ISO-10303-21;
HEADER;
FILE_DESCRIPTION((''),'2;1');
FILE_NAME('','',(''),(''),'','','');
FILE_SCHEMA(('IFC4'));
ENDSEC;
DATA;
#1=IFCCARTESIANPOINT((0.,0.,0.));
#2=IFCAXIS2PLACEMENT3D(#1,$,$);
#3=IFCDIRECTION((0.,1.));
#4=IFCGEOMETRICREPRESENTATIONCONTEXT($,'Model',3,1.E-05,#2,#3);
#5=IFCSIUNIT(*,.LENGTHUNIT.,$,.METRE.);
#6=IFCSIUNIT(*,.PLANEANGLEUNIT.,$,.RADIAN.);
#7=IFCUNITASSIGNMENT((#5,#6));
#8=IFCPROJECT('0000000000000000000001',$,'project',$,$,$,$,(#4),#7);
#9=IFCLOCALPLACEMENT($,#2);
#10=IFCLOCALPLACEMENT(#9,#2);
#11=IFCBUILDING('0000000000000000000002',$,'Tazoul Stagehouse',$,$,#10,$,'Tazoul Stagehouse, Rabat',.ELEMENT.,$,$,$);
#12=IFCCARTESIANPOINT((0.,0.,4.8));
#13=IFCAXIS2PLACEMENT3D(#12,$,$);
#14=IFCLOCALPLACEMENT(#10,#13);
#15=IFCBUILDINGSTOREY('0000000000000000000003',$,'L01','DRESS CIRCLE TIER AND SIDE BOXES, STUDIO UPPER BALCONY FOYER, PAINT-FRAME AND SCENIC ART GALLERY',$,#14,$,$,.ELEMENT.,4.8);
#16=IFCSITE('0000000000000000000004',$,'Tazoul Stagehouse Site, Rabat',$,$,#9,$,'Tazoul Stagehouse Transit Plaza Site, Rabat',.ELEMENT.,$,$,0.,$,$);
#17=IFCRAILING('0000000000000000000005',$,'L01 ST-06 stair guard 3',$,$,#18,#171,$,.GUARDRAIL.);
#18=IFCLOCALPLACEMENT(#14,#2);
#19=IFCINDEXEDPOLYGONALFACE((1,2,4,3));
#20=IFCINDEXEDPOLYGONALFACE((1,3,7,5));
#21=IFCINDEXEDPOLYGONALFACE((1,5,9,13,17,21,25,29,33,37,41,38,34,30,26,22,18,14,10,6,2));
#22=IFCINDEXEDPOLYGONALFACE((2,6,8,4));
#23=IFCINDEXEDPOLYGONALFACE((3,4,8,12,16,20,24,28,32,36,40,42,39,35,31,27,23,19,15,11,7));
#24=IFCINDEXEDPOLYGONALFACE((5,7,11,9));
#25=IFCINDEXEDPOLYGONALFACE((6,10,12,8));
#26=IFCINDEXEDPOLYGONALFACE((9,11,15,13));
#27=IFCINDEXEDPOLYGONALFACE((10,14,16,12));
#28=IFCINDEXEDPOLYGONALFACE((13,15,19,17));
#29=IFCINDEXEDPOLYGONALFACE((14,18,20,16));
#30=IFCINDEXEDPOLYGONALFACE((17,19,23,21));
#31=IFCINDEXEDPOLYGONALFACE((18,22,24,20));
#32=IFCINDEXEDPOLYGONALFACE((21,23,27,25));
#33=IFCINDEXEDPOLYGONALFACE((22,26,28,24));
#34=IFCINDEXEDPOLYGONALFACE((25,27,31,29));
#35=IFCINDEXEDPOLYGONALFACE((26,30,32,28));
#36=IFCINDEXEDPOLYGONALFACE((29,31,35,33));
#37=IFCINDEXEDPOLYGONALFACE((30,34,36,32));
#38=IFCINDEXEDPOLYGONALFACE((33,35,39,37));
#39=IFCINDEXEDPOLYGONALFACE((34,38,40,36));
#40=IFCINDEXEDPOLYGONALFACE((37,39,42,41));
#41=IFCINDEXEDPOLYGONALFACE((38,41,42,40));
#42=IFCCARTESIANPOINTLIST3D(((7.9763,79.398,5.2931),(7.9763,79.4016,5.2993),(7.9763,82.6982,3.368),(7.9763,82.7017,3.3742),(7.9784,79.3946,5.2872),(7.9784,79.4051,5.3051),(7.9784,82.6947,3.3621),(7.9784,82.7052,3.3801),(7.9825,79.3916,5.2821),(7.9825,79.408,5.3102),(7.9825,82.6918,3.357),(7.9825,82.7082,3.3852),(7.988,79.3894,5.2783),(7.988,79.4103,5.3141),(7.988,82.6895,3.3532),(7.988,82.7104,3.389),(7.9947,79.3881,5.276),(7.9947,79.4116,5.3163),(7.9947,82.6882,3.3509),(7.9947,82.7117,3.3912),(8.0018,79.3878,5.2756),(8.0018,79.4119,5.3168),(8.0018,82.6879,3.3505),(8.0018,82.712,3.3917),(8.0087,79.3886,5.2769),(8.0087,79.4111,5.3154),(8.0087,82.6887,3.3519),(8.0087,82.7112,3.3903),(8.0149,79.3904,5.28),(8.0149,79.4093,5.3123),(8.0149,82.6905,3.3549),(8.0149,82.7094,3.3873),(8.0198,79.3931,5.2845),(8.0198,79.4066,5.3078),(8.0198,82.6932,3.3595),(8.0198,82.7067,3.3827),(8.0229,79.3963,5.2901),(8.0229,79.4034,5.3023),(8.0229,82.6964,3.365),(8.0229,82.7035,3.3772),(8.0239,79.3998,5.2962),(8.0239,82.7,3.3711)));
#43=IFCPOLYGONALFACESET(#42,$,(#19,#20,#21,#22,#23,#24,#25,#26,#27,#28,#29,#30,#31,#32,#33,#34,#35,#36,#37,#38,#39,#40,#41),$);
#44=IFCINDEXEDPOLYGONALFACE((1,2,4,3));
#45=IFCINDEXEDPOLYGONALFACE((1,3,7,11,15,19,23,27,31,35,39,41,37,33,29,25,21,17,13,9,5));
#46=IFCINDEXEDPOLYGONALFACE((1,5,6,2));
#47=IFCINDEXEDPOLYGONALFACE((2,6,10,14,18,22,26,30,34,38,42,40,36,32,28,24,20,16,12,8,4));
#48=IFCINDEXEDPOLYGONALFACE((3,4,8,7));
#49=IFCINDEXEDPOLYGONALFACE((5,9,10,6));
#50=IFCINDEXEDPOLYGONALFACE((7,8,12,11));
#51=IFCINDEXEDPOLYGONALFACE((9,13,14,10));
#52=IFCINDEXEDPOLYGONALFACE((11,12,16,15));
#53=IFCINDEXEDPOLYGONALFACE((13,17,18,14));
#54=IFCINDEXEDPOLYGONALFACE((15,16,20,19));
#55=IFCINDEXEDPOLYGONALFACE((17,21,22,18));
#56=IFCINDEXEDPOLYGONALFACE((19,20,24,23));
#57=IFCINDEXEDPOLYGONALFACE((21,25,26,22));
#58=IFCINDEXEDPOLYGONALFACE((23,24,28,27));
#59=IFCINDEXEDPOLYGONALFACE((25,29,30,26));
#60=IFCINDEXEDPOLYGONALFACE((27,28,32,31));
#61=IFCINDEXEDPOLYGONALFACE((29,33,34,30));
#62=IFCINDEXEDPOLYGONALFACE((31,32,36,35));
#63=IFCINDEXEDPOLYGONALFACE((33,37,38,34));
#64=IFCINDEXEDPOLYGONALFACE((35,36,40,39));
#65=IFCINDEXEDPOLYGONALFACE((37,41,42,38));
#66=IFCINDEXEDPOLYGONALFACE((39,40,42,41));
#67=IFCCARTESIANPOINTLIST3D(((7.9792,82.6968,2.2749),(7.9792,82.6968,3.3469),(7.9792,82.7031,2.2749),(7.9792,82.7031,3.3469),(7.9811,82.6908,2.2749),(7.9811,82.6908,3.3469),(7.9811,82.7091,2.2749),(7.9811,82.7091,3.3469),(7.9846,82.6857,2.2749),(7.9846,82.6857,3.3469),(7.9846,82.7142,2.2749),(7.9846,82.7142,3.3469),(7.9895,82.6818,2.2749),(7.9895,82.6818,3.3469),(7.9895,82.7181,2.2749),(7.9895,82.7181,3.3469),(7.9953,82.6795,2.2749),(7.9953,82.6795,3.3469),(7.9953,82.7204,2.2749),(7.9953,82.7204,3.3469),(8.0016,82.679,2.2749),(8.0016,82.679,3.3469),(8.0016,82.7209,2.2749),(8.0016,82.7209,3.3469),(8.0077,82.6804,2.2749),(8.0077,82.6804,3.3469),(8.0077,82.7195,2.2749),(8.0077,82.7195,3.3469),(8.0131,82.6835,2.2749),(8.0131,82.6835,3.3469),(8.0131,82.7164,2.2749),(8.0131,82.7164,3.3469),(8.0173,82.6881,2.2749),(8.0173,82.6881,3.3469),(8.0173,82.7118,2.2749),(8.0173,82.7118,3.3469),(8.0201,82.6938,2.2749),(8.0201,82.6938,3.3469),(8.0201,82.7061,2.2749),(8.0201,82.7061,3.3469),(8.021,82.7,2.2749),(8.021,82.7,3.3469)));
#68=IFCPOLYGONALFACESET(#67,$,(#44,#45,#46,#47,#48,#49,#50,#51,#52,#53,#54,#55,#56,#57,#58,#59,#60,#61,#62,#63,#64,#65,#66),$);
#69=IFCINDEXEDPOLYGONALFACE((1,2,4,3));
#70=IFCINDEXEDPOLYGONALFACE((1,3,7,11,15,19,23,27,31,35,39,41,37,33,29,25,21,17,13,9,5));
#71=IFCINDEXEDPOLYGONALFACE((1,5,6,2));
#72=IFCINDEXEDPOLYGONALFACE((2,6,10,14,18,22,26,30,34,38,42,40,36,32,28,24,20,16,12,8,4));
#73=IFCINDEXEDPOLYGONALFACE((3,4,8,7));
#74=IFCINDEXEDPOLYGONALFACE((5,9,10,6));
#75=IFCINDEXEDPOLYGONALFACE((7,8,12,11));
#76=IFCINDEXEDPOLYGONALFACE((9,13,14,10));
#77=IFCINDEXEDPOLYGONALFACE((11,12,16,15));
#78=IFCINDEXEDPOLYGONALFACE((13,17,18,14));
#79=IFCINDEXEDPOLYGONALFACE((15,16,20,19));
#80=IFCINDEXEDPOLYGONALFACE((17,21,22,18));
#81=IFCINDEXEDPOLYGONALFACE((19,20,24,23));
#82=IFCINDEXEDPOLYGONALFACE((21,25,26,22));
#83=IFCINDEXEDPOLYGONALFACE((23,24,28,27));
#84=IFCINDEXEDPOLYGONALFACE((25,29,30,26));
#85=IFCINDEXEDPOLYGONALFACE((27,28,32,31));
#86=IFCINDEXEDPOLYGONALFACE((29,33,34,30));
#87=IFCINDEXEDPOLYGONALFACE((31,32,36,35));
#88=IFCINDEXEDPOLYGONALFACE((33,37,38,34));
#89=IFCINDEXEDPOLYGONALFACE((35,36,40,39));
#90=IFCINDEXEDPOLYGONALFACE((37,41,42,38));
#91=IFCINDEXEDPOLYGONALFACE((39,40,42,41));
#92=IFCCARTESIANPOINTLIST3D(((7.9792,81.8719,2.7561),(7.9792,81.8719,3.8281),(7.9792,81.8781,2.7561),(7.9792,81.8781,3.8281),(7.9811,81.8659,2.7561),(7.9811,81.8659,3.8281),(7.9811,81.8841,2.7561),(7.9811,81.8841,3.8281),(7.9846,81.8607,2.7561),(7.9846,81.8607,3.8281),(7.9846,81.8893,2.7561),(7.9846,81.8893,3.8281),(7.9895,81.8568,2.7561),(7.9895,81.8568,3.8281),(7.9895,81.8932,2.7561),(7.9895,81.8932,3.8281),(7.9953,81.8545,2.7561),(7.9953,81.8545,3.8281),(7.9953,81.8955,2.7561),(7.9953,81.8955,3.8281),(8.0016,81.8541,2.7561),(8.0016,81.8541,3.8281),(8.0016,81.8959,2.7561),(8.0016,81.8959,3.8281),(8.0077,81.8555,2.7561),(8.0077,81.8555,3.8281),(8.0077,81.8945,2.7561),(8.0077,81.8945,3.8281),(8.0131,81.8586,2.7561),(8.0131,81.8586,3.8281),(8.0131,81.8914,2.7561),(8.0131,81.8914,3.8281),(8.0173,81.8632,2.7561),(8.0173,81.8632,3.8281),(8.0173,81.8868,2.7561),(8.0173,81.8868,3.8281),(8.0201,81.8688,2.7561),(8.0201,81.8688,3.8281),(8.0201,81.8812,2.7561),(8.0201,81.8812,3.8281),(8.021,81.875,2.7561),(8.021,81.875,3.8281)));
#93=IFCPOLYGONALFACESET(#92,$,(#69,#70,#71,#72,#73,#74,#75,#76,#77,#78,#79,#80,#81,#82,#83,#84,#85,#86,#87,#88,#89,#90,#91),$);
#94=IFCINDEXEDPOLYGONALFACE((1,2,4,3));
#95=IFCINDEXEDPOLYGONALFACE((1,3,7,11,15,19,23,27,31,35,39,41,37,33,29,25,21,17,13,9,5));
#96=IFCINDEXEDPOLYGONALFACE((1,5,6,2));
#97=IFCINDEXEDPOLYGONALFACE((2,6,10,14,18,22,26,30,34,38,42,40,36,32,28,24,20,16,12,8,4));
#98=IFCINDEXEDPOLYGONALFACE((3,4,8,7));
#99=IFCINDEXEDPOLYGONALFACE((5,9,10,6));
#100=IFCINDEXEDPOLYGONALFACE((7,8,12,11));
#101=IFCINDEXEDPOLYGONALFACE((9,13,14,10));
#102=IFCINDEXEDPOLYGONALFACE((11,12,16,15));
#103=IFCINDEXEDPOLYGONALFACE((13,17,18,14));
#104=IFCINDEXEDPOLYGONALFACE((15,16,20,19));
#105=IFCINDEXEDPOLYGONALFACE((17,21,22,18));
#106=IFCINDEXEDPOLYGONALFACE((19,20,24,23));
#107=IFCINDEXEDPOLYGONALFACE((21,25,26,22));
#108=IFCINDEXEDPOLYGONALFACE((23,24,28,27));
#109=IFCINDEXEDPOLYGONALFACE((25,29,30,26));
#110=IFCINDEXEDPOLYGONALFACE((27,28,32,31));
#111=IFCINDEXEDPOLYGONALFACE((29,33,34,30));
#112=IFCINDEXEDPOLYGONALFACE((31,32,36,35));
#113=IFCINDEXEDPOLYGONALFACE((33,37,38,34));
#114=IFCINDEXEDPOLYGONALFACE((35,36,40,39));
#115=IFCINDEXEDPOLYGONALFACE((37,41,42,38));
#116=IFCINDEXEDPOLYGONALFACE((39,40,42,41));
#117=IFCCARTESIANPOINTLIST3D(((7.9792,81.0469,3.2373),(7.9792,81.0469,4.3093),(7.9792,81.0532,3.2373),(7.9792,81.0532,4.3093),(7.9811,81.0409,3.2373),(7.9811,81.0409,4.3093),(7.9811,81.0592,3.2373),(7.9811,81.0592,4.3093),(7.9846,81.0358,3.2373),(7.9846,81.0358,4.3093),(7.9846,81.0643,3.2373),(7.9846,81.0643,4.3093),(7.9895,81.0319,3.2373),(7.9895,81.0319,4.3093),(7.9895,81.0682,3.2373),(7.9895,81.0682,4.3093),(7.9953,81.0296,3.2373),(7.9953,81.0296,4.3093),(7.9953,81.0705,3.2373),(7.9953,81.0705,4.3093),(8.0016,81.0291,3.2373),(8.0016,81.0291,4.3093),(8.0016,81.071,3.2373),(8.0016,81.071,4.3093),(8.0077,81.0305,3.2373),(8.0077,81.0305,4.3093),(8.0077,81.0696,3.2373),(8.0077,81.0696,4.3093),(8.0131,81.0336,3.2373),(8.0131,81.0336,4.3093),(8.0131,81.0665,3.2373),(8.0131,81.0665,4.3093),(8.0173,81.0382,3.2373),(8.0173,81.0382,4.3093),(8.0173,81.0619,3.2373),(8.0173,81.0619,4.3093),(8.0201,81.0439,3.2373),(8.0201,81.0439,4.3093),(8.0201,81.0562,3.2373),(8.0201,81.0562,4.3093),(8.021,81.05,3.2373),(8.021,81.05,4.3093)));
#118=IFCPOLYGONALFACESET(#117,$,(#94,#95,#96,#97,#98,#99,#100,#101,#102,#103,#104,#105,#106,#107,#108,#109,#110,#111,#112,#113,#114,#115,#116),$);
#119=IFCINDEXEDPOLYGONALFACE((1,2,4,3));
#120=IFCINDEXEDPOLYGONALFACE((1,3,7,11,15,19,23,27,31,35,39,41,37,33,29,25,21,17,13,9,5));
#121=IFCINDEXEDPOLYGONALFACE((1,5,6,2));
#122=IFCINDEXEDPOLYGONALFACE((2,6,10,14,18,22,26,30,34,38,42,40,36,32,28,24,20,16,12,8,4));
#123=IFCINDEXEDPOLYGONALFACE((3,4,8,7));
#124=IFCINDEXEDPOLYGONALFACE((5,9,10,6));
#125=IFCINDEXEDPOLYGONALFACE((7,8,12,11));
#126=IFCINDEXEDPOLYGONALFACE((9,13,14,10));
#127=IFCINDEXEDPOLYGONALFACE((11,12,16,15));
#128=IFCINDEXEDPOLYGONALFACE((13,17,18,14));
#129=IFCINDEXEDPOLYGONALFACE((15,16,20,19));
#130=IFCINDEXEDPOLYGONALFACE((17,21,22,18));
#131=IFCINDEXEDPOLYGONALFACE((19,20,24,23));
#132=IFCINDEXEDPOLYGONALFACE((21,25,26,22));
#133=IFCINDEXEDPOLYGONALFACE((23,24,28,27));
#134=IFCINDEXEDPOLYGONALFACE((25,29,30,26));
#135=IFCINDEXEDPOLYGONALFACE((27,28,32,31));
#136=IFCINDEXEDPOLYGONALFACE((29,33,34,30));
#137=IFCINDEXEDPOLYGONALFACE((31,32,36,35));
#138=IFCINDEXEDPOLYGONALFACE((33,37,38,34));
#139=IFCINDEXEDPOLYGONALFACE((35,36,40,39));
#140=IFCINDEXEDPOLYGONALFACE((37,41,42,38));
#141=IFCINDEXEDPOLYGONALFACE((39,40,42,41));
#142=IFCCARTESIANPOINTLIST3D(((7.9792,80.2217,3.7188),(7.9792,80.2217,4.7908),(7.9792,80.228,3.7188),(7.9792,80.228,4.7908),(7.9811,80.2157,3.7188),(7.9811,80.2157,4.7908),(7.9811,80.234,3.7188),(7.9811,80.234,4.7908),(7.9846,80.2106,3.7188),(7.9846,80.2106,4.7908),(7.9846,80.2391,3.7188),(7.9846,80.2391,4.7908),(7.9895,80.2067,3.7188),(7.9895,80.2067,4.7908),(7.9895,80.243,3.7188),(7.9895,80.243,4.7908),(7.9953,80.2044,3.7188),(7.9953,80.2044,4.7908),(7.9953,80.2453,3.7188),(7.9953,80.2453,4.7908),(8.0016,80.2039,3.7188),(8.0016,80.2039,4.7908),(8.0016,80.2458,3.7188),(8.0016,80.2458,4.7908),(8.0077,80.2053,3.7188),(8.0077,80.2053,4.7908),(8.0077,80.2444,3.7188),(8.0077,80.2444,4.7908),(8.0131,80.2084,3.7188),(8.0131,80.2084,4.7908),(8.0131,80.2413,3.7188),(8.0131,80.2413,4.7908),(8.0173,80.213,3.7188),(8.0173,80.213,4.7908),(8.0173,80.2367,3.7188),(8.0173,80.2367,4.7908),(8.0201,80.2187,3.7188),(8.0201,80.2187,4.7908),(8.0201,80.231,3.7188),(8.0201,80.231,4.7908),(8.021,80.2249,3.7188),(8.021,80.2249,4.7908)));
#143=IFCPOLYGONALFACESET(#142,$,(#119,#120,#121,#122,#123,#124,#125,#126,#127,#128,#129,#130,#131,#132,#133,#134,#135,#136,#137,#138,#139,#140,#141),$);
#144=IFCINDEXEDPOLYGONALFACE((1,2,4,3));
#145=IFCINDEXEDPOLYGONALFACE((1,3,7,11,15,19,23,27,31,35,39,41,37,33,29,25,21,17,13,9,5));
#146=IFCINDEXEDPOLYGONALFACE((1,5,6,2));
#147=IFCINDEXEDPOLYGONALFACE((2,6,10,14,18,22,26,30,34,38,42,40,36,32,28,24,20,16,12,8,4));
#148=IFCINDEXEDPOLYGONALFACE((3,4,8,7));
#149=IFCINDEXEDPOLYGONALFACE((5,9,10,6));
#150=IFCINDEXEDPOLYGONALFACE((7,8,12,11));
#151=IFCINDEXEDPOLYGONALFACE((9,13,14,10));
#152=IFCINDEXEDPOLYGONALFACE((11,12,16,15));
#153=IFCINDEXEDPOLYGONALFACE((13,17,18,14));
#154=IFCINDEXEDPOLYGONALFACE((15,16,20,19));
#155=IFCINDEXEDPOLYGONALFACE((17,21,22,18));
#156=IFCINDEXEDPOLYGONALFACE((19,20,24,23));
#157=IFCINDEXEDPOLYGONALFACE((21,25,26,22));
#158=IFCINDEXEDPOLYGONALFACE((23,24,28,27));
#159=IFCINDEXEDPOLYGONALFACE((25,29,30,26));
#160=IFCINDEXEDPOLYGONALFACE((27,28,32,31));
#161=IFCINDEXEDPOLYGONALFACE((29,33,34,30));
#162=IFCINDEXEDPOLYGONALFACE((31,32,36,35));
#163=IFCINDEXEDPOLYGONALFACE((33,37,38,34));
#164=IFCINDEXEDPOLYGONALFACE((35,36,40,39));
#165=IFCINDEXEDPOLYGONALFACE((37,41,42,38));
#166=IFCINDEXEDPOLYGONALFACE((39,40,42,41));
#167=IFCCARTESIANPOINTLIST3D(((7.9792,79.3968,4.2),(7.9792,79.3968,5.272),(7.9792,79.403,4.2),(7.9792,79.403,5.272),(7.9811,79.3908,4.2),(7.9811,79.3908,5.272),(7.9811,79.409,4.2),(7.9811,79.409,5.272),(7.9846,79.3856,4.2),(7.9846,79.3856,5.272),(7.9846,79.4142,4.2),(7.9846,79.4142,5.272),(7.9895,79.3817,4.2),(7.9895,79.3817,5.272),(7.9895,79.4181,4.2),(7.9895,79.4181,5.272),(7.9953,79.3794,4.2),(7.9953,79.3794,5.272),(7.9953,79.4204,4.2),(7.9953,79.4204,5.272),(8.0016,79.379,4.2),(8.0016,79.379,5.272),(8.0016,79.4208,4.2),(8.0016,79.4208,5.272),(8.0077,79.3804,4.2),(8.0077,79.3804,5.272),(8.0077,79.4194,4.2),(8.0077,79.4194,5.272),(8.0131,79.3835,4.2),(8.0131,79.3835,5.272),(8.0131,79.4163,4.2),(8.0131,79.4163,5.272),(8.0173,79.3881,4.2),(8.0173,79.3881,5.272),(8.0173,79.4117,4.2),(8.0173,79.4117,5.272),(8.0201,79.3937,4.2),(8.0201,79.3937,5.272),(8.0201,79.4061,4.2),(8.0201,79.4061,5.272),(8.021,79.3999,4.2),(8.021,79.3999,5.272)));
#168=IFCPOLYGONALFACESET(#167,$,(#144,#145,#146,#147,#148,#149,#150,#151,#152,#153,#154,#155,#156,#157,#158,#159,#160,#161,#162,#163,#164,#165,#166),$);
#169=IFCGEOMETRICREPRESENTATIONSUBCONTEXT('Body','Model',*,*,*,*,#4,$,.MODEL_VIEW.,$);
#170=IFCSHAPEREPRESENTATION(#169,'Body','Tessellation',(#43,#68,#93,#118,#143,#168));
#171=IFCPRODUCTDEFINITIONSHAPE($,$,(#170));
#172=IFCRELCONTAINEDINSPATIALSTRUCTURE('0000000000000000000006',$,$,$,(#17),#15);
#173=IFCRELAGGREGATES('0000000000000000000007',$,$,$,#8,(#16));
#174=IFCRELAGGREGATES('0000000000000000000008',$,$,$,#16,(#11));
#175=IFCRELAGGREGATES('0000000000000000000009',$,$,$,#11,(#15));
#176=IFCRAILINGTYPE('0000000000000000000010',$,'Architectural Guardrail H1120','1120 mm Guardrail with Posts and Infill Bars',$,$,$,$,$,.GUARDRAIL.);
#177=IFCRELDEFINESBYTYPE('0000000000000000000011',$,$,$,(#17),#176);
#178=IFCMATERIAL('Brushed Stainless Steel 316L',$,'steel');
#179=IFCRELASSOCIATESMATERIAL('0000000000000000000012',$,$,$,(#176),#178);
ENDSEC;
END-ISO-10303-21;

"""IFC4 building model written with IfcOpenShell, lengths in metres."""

from ifc_helpers import new_model, si_unit, direction, frame, origin, origin_2d, place, context, subcontext, project, spatial, circle, extrude, material, material_profile, profile_set, type_object, element, save


model = new_model("IFC4")

# Units and contexts
model_context = context("Model", 3, precision=1e-05, world=origin(), true_north=direction((0.0, 1.0)))
body_context = subcontext(model_context, "Body", "Model", "MODEL_VIEW")
ifc_project = project(units=[si_unit("LENGTHUNIT", "METRE"), si_unit("PLANEANGLEUNIT", "RADIAN")], contexts=[model_context])

# Site, building, storey
site_placement = place(None, origin())
site = spatial("IfcSite", under=ifc_project, at=site_placement, Name="Tazoul Stagehouse Site, Rabat", LongName="Tazoul Stagehouse Transit Plaza Site, Rabat", CompositionType="ELEMENT", RefElevation=0.0)
building_placement = place(site_placement, origin())
building = spatial("IfcBuilding", under=site, at=building_placement, Name="Tazoul Stagehouse", LongName="Tazoul Stagehouse, Rabat", CompositionType="ELEMENT")
storey_placement = place(building_placement, frame((0.0, 0.0, 4.8)))
storey = spatial("IfcBuildingStorey", under=building, at=storey_placement, Name="L01", Description="DRESS CIRCLE TIER AND SIDE BOXES, STUDIO UPPER BALCONY FOYER, PAINT-FRAME AND SCENIC ART GALLERY", CompositionType="ELEMENT", Elevation=4.8)

# Railing
ifc_material_1 = material(Name="Brushed Stainless Steel 316L", Category="steel")
ifc_material_profile_1 = material_profile(ifc_material_1, circle(Radius=0.0239, at=origin_2d()), Name="SS RAIL D48")
ifc_profile_set_1 = profile_set([ifc_material_profile_1], Name="Brushed Stainless Steel 316L")
railing_type_1 = type_object("IfcRailingType", Name="Architectural Guardrail H1120", Description="1120 mm Guardrail with Posts and Infill Bars", PredefinedType="GUARDRAIL", material=ifc_profile_set_1)
railing_1_placement = place(storey_placement, frame((8.0, 82.7, 2.2749)))
element("IfcRailing", 1, at=railing_1_placement, inside=storey, type_object=railing_type_1, Name="L01 ST-06 stair guard 3", PredefinedType="GUARDRAIL", context=body_context, shape_type="SweptSolid", body=[
    extrude(circle(Radius=0.0239, at=origin_2d()), frame((0.0, 0.0, 1.0962), z_axis=(0.0, -0.863777, 0.503875), x_axis=(1.0, 0.0, 0.0)), (0.0, 0.0, 1.0), 3.8206),
    extrude(circle(Radius=0.021, at=origin_2d()), origin(), (0.0, 0.0, 1.0), 1.072),
    extrude(circle(Radius=0.021, at=origin_2d()), frame((0.0, -0.825, 0.4812)), (0.0, 0.0, 1.0), 1.072),
    extrude(circle(Radius=0.021, at=origin_2d()), frame((0.0, -1.6499, 0.9624)), (0.0, 0.0, 1.0), 1.072),
    extrude(circle(Radius=0.021, at=origin_2d()), frame((0.0, -2.4751, 1.4438)), (0.0, 0.0, 1.0), 1.072),
    extrude(circle(Radius=0.021, at=origin_2d()), frame((0.0, -3.3, 1.925)), (0.0, 0.0, 1.0), 1.072),
])

save(model, "model.ifc")
